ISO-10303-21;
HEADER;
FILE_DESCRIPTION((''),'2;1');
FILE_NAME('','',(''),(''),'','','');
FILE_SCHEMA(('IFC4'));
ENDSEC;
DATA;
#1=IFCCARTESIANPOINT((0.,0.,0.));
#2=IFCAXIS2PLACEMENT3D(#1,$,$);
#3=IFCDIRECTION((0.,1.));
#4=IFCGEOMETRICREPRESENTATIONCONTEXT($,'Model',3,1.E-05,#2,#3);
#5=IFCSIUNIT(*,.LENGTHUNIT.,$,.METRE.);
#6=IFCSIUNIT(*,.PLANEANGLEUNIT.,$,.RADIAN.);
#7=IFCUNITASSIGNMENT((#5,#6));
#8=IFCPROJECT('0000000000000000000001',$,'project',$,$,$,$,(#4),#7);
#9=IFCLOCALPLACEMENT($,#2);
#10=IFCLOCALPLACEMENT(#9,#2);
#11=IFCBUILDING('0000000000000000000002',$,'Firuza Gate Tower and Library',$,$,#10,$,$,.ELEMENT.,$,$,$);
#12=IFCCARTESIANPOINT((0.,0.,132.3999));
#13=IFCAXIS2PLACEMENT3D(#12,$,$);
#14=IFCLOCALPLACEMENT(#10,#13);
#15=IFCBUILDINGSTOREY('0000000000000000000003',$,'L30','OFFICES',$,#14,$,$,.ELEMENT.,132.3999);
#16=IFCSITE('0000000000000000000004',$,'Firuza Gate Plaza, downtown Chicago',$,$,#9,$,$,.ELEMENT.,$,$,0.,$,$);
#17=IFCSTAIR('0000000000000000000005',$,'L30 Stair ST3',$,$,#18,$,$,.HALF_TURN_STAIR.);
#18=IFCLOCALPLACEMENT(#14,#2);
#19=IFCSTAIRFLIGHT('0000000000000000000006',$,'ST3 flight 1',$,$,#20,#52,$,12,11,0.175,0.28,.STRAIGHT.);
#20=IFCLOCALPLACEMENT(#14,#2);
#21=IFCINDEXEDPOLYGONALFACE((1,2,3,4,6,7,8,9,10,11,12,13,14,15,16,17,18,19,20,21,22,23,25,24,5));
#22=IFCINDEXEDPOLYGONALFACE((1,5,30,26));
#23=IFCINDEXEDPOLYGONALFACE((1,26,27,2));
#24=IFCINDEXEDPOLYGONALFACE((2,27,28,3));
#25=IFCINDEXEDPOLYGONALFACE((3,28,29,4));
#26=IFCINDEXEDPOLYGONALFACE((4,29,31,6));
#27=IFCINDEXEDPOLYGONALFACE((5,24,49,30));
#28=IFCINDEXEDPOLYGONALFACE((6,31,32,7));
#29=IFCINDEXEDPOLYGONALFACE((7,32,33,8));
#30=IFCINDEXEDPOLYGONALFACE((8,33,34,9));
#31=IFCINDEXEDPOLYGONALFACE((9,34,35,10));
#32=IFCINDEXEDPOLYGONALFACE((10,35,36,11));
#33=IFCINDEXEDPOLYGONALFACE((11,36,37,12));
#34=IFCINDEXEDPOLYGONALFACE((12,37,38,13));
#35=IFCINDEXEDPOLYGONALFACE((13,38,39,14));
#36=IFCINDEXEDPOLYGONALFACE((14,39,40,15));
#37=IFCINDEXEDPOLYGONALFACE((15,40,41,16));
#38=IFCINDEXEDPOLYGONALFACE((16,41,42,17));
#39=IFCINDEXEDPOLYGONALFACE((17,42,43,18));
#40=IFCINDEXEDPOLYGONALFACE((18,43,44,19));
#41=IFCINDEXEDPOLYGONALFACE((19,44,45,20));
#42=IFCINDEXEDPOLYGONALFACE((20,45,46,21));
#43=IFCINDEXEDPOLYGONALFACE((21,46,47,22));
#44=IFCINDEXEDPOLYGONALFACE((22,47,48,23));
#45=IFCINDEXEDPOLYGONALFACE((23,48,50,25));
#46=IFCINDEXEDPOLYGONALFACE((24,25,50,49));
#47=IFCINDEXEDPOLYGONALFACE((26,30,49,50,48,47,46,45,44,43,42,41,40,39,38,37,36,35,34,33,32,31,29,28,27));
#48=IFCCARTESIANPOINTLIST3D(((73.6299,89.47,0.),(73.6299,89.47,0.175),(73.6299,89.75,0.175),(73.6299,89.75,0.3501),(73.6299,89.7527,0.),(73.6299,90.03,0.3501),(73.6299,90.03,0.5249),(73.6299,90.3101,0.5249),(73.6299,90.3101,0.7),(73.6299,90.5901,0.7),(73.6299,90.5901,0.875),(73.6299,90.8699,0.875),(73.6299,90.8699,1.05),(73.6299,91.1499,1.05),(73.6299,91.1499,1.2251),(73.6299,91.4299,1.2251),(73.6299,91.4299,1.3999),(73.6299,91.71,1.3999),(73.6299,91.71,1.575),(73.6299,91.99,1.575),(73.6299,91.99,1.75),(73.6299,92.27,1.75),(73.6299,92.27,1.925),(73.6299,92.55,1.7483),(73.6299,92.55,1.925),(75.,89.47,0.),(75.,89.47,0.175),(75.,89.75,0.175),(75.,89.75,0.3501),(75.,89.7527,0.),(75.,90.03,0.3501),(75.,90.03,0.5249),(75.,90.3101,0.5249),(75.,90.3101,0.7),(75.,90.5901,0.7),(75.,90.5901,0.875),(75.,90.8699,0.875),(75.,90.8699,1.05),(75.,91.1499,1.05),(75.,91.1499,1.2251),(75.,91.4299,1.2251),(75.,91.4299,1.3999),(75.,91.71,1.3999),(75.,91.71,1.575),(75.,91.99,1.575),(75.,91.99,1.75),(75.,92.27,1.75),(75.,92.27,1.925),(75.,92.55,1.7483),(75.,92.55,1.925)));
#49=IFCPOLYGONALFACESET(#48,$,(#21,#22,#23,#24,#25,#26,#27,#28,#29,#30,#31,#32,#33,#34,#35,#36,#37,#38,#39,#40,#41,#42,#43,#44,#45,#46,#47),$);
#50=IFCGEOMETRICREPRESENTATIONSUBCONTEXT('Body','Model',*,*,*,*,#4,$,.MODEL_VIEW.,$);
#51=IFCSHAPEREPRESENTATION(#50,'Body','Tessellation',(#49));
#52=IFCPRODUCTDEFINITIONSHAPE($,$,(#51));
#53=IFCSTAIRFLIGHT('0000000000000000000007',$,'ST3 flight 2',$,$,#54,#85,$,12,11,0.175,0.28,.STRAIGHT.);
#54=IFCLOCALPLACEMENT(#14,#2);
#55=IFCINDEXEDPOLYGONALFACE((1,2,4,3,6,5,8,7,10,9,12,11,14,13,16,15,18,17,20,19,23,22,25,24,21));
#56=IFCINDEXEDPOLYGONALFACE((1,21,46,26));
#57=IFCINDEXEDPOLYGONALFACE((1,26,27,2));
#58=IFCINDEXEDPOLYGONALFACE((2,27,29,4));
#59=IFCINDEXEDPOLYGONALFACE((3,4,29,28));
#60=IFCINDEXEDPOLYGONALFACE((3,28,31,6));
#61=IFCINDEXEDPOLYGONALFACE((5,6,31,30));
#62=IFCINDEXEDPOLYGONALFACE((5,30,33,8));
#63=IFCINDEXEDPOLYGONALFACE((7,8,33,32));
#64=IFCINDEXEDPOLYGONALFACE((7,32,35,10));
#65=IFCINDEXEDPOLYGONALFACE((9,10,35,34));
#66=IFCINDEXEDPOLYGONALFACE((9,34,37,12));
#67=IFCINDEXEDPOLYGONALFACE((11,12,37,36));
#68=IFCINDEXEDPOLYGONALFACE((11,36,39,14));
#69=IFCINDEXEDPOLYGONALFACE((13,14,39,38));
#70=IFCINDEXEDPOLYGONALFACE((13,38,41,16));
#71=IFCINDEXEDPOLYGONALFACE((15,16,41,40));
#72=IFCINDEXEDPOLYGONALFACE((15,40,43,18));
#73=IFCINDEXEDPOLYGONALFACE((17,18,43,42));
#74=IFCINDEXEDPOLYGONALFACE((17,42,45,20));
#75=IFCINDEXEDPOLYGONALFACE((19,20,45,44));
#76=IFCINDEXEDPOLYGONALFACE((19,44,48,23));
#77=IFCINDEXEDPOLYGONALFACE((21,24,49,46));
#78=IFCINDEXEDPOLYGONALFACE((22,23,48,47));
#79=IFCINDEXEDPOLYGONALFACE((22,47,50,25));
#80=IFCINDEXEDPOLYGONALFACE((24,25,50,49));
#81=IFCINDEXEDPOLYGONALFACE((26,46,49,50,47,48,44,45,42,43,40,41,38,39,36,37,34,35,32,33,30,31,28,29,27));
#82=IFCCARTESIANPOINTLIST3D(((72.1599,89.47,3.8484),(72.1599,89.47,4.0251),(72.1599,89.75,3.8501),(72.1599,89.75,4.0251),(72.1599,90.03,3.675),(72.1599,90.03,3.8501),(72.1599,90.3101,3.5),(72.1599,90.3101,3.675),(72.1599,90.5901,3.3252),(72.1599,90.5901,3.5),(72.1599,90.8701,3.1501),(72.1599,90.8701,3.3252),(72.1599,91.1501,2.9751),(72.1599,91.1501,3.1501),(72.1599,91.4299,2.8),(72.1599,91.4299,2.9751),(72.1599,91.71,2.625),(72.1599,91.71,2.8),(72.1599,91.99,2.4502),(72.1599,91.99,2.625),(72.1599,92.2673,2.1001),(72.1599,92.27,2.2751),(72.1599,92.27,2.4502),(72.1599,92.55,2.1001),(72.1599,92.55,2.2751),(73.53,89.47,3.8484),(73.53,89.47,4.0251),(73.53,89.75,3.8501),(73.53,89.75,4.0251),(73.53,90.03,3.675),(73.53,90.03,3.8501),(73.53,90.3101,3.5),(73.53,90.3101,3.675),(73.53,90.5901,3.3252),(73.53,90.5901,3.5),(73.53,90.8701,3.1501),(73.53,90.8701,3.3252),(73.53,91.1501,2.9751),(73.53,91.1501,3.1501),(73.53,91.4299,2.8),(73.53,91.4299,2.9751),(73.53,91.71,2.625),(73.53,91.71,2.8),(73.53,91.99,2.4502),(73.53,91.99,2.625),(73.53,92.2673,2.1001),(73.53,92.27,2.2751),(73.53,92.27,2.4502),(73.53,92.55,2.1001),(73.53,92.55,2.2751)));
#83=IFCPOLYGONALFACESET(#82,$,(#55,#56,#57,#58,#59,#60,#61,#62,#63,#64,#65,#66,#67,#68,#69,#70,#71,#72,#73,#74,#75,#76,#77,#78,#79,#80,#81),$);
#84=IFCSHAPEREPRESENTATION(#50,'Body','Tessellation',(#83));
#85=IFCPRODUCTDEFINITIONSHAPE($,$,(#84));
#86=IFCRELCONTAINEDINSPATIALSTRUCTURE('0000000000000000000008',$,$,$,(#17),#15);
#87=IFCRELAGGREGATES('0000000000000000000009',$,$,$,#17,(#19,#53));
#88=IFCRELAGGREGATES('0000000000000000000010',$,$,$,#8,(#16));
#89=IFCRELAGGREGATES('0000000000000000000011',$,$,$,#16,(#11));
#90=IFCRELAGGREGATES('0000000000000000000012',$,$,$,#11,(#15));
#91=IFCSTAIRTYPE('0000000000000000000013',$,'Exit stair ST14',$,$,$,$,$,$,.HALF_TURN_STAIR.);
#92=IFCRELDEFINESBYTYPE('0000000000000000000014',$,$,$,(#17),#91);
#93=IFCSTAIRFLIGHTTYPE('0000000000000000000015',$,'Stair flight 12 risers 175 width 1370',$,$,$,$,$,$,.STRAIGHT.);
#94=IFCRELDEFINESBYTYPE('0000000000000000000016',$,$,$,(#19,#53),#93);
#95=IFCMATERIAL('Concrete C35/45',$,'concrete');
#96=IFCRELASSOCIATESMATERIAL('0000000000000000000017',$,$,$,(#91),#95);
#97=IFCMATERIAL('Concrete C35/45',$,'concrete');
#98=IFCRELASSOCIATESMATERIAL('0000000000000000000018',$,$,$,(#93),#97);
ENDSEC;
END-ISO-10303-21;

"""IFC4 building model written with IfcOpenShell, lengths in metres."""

from ifc_helpers import new_model, si_unit, direction, frame, origin, place, context, subcontext, project, spatial, polyline, outline, extrude, material, type_object, element, aggregate, save


model = new_model("IFC4")

# Units and contexts
model_context = context("Model", 3, precision=1e-05, world=origin(), true_north=direction((0.0, 1.0)))
body_context = subcontext(model_context, "Body", "Model", "MODEL_VIEW")
ifc_project = project(units=[si_unit("LENGTHUNIT", "METRE"), si_unit("PLANEANGLEUNIT", "RADIAN")], contexts=[model_context])

# Site, building, storey
site_placement = place(None, origin())
site = spatial("IfcSite", under=ifc_project, at=site_placement, Name="Firuza Gate Plaza, downtown Chicago", CompositionType="ELEMENT", RefElevation=0.0)
building_placement = place(site_placement, origin())
building = spatial("IfcBuilding", under=site, at=building_placement, Name="Firuza Gate Tower and Library", CompositionType="ELEMENT")
storey_placement = place(building_placement, frame((0.0, 0.0, 132.3999)))
storey = spatial("IfcBuildingStorey", under=building, at=storey_placement, Name="L30", Description="OFFICES", CompositionType="ELEMENT", Elevation=132.3999)

# Shared definitions
placement = place(storey_placement, origin())

# Stair, stair flights
ifc_material_1 = material(Name="Concrete C35/45", Category="concrete")
stair_type = type_object("IfcStairType", Name="Exit stair ST14", PredefinedType="HALF_TURN_STAIR", material=ifc_material_1)
stair = element("IfcStair", 1, at=placement, inside=storey, type_object=stair_type, Name="L30 Stair ST3", PredefinedType="HALF_TURN_STAIR")
ifc_material_2 = material(Name="Concrete C35/45", Category="concrete")
stair_flight_type = type_object("IfcStairFlightType", Name="Stair flight 12 risers 175 width 1370", PredefinedType="STRAIGHT", material=ifc_material_2)
stair_flight_1_placement = place(storey_placement, frame((74.3149, 89.47, 0.0), z_axis=(0.0, 0.0, 1.0), x_axis=(0.0, 1.0, 0.0)))
stair_flight_1 = element("IfcStairFlight", 2, at=stair_flight_1_placement, type_object=stair_flight_type, Name="ST3 flight 1", NumberOfRisers=12, NumberOfTreads=11, PredefinedType="STRAIGHT", RiserHeight=0.175, TreadLength=0.28, context=body_context, shape_type="SweptSolid", body=[
    extrude(outline(polyline([(0.0, 0.0), (0.0, 0.175), (0.28, 0.175), (0.28, 0.3501), (0.5601, 0.3501), (0.5601, 0.5249), (0.8401, 0.5249), (0.8401, 0.7), (1.1201, 0.7), (1.1201, 0.875), (1.3999, 0.875), (1.3999, 1.05), (1.6799, 1.05), (1.6799, 1.2251), (1.96, 1.2251), (1.96, 1.3999), (2.24, 1.3999), (2.24, 1.575), (2.52, 1.575), (2.52, 1.75), (2.8, 1.75), (2.8, 1.925), (3.0801, 1.925), (3.0801, 2.1001), (3.0801, 1.7483), (0.2827, 0.0), (0.0, 0.0)])), frame((0.0, 0.6851, 0.0), z_axis=(0.0, -1.0, 0.0), x_axis=(1.0, 0.0, 0.0)), (0.0, 0.0, 1.0), 1.3701),
])
stair_flight_2_placement = place(storey_placement, frame((72.845, 92.55, 2.1001), z_axis=(0.0, 0.0, 1.0), x_axis=(0.0, -1.0, 0.0)))
stair_flight_2 = element("IfcStairFlight", 3, at=stair_flight_2_placement, type_object=stair_flight_type, Name="ST3 flight 2", NumberOfRisers=12, NumberOfTreads=11, PredefinedType="STRAIGHT", RiserHeight=0.175, TreadLength=0.28, context=body_context, shape_type="SweptSolid", body=[
    extrude(outline(polyline([(0.0, 0.0), (0.0, 0.175), (0.28, 0.175), (0.28, 0.3501), (0.5601, 0.3501), (0.5601, 0.5249), (0.8401, 0.5249), (0.8401, 0.7), (1.1201, 0.7), (1.1201, 0.875), (1.3999, 0.875), (1.3999, 1.05), (1.6799, 1.05), (1.6799, 1.2251), (1.96, 1.2251), (1.96, 1.3999), (2.24, 1.3999), (2.24, 1.575), (2.52, 1.575), (2.52, 1.75), (2.8, 1.75), (2.8, 1.925), (3.0801, 1.925), (3.0801, 2.1001), (3.0801, 1.7483), (0.2827, 0.0), (0.0, 0.0)])), frame((0.0, 0.6851, 0.0), z_axis=(0.0, -1.0, 0.0), x_axis=(1.0, 0.0, 0.0)), (0.0, 0.0, 1.0), 1.3701),
])
aggregate(stair, [stair_flight_1, stair_flight_2])

save(model, "model.ifc")
